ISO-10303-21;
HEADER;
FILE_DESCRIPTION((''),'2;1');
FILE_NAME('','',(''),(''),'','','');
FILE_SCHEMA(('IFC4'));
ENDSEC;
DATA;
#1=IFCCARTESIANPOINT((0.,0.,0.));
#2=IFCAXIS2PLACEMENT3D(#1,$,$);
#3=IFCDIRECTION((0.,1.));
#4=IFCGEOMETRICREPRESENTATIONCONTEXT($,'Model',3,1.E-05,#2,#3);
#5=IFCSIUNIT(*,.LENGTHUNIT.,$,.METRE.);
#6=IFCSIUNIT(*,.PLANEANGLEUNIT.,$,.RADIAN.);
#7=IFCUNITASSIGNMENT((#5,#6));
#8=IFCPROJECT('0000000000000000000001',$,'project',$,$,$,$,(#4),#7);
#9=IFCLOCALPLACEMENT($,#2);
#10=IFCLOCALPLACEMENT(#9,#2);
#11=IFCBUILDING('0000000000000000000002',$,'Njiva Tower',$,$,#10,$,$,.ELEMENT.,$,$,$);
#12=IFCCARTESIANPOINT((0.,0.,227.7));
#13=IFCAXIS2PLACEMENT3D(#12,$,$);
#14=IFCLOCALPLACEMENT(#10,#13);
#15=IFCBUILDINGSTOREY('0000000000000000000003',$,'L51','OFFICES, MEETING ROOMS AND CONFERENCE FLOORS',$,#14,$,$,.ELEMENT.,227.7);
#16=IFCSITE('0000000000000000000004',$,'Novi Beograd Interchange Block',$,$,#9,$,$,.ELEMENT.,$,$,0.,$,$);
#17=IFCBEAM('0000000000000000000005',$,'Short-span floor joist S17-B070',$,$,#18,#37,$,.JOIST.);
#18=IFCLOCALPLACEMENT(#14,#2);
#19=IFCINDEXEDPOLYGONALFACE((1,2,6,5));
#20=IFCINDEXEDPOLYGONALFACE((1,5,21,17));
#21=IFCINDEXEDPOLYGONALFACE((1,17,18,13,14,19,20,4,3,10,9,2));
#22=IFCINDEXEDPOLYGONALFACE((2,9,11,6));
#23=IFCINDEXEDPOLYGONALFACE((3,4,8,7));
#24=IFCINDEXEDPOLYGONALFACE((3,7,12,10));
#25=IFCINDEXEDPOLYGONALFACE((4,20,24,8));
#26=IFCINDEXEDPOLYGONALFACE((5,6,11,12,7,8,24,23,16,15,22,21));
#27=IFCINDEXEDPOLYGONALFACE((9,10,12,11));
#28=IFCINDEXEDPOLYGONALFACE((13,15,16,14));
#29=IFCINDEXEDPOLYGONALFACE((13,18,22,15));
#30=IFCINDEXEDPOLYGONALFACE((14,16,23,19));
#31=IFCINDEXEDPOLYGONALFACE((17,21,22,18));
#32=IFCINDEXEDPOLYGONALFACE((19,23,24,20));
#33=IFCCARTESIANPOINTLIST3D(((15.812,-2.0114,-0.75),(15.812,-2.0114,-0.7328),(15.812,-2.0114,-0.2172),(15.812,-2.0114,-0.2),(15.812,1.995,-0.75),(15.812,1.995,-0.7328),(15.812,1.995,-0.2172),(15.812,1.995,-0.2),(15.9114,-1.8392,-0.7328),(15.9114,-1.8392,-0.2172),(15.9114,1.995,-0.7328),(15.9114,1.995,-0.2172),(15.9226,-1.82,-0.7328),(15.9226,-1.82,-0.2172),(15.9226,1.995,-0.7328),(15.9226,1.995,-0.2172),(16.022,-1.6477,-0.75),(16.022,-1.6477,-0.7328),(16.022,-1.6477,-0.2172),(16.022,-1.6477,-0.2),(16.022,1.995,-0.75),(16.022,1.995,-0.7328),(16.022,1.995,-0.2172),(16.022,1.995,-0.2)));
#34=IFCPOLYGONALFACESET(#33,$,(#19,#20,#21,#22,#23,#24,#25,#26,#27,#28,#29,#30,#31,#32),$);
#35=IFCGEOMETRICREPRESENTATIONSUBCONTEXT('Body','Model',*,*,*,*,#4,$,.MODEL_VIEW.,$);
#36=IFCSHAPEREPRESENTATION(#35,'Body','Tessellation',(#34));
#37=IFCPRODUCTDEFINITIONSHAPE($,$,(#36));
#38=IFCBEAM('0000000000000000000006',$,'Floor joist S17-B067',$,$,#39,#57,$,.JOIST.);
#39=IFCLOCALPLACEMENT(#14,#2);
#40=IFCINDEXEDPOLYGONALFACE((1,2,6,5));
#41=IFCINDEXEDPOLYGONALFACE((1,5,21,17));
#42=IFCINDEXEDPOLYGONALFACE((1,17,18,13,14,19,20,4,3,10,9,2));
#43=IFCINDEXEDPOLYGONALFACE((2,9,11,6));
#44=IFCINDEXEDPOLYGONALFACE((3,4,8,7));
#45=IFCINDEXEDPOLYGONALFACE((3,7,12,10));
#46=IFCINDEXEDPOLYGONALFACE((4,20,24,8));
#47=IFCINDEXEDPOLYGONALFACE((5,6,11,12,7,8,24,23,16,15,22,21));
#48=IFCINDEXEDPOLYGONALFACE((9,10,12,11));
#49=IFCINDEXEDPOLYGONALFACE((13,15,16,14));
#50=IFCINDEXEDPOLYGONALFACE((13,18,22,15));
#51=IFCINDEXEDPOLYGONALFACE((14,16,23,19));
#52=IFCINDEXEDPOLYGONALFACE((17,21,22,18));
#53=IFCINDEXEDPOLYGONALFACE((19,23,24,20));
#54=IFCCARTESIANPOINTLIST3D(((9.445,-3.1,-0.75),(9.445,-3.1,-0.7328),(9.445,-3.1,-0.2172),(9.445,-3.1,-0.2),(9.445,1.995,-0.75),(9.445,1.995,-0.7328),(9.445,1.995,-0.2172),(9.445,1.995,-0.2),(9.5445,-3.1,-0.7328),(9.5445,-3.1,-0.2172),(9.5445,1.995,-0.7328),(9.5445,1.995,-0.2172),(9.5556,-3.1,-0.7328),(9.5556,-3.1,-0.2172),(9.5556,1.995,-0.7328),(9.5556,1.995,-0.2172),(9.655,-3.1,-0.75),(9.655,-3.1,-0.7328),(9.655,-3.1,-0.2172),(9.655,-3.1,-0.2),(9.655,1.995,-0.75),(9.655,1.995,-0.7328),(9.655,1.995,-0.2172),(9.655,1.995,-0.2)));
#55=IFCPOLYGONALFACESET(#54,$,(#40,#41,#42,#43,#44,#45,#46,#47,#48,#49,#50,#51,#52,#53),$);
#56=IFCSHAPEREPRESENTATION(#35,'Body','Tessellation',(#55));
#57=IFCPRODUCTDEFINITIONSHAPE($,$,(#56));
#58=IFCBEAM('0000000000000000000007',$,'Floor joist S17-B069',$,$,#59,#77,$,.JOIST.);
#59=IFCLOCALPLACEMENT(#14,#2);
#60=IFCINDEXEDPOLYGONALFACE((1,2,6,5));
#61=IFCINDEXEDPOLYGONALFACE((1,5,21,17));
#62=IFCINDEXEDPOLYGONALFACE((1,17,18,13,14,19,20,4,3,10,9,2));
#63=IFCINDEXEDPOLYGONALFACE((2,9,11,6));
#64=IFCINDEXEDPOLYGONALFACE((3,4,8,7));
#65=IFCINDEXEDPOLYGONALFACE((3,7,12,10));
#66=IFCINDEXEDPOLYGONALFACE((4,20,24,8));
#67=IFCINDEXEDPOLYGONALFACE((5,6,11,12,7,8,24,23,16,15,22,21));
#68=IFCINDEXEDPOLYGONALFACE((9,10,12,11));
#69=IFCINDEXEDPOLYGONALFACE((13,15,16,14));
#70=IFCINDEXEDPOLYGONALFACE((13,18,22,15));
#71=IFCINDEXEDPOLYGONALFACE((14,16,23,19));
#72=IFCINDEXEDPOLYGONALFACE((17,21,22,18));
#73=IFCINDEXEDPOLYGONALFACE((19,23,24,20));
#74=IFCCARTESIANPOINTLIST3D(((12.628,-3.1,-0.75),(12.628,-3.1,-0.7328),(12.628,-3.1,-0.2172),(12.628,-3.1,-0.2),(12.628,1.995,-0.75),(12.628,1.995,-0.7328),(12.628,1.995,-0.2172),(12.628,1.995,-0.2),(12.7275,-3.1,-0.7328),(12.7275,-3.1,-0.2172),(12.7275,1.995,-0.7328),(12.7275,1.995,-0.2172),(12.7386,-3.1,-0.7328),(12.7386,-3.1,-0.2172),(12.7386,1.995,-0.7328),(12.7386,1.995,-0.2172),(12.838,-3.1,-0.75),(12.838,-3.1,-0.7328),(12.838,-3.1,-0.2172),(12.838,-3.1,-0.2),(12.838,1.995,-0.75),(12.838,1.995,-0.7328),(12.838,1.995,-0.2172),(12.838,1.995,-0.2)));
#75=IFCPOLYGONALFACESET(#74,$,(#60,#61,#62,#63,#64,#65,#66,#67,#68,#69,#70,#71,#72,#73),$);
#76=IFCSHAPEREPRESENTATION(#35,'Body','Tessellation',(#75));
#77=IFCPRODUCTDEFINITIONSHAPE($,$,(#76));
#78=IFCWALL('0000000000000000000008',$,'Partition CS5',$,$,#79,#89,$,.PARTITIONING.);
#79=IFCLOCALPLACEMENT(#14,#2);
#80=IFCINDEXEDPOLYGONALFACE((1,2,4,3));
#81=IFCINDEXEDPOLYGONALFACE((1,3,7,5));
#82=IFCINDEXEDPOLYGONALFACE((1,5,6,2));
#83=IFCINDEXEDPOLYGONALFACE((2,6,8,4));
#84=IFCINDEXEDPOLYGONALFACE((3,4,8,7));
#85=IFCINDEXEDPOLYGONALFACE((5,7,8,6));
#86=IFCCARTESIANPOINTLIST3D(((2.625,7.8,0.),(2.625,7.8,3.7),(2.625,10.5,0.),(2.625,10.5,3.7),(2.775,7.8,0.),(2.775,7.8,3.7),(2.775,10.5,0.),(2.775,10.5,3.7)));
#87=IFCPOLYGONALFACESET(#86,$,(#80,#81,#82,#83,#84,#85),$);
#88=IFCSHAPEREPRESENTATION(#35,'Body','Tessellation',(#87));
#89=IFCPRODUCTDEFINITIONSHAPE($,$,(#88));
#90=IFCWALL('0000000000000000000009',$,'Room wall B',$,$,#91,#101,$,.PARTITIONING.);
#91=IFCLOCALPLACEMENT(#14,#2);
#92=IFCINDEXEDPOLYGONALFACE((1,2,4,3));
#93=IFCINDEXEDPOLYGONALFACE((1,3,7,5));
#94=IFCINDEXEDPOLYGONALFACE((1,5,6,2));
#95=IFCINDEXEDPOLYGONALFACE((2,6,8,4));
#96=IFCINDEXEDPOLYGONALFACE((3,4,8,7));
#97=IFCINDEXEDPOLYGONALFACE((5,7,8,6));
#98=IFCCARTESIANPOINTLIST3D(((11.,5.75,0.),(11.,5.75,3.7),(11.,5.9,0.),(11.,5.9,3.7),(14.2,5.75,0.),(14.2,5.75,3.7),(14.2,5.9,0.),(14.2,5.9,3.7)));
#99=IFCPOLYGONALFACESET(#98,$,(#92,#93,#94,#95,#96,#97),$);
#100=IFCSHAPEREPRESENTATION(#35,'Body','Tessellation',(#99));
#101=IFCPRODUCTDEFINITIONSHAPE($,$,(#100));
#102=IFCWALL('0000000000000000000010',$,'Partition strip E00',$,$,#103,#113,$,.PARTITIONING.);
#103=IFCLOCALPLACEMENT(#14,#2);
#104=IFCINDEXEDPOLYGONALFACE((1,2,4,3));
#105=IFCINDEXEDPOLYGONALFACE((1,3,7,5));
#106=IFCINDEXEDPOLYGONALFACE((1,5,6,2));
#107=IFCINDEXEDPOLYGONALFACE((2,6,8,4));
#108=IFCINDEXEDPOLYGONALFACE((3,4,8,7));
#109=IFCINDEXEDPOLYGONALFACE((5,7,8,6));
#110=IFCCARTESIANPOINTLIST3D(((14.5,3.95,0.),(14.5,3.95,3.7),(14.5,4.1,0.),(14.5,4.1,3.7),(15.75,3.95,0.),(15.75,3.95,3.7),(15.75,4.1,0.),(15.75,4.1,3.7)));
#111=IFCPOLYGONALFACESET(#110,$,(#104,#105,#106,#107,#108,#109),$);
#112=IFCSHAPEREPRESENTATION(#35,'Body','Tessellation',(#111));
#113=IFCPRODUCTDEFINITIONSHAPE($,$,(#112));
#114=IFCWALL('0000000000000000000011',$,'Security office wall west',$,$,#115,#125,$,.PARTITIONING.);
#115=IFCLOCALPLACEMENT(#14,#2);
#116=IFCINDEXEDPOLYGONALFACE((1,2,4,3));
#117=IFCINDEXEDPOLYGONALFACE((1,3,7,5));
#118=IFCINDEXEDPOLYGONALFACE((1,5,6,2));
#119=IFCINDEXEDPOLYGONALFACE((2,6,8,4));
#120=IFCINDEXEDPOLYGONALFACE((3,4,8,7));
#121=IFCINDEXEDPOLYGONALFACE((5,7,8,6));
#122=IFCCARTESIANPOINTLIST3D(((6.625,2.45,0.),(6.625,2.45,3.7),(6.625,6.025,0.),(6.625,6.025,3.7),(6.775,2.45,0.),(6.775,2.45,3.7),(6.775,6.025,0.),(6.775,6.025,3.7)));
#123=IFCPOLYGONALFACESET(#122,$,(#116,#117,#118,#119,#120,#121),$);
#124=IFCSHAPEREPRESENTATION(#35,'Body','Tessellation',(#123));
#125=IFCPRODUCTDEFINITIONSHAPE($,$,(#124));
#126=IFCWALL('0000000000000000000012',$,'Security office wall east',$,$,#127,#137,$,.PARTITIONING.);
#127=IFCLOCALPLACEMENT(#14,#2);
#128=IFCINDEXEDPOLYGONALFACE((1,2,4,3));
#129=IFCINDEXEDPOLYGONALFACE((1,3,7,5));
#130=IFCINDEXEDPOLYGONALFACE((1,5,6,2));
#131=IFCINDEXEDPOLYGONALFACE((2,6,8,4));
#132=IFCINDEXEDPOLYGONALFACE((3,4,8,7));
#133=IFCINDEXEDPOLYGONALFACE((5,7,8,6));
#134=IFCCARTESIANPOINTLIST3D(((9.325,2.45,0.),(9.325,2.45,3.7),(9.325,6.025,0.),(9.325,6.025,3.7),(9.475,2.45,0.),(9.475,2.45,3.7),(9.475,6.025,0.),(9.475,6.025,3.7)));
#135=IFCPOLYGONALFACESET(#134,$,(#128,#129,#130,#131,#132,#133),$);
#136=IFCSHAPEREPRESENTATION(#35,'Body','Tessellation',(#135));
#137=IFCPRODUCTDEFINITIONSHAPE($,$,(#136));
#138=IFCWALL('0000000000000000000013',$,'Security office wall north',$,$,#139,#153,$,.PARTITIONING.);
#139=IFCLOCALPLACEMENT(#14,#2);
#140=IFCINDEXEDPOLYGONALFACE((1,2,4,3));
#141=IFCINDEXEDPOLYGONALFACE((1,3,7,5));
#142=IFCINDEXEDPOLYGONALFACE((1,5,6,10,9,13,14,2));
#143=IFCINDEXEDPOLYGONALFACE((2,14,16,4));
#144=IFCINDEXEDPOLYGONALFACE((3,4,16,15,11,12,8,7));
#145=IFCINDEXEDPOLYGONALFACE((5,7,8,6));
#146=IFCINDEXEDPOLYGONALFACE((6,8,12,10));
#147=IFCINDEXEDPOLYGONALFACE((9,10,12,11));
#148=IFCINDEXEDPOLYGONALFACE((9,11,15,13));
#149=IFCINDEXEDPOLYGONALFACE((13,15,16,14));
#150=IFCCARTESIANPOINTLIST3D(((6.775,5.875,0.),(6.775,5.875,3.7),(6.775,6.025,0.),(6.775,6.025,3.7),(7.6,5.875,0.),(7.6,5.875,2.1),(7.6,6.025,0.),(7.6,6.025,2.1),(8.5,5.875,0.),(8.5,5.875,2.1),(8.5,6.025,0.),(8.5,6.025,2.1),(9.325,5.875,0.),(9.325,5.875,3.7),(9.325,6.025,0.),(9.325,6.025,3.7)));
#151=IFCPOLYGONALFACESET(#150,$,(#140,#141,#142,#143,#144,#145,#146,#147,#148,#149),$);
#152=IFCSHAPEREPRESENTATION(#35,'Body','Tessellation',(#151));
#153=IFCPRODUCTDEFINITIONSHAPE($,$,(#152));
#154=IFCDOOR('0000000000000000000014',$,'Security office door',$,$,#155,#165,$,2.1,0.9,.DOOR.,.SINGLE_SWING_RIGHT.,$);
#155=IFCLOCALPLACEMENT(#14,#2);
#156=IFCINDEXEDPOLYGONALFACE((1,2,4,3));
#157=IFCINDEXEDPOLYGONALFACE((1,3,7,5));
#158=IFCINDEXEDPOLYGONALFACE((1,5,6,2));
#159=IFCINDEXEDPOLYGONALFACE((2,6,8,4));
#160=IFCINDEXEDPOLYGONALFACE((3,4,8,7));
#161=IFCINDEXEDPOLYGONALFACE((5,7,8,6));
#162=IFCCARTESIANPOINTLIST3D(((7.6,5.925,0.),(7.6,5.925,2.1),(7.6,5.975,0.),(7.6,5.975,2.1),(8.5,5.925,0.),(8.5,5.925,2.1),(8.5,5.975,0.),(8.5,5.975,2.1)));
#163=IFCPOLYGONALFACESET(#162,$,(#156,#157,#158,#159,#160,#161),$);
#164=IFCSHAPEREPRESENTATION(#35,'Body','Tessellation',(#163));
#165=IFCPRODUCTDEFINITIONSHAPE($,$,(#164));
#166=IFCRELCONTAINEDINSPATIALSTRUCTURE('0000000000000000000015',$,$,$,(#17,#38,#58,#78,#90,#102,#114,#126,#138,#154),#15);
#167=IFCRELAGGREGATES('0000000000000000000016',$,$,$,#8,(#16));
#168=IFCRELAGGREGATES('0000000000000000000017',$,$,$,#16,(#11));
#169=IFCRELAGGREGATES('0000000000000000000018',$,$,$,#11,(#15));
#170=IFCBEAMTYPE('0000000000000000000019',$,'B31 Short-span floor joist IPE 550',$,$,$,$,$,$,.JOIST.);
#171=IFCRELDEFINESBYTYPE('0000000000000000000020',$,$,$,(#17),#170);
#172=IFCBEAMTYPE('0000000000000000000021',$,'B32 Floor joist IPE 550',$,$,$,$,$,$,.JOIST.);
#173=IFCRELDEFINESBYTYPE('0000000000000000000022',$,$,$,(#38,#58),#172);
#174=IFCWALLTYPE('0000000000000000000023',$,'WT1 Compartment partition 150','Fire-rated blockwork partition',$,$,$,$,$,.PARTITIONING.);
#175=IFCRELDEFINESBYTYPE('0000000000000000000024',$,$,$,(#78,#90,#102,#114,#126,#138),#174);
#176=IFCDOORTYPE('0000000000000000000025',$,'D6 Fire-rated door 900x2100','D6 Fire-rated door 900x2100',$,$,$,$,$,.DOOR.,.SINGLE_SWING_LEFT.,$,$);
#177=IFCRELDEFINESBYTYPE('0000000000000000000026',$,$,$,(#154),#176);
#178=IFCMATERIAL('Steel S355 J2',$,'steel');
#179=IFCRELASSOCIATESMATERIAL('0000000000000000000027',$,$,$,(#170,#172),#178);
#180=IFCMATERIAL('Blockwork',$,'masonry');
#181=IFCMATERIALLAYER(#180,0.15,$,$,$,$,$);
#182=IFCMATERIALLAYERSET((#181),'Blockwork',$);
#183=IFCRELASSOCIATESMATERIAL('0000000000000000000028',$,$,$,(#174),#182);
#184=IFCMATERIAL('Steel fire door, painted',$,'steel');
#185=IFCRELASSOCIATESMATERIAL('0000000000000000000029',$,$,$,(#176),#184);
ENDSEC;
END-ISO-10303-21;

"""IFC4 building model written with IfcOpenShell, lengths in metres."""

from ifc_helpers import new_model, si_unit, direction, frame, frame_2d, origin, origin_2d, place, context, subcontext, project, spatial, rectangle, i_section, extrude, clip, halfspace, material, layer, layer_set, material_profile, profile_set, type_object, element, fill, save


model = new_model("IFC4")

# Units and contexts
model_context = context("Model", 3, precision=1e-05, world=origin(), true_north=direction((0.0, 1.0)))
body_context = subcontext(model_context, "Body", "Model", "MODEL_VIEW")
ifc_project = project(units=[si_unit("LENGTHUNIT", "METRE"), si_unit("PLANEANGLEUNIT", "RADIAN")], contexts=[model_context])

# Site, building, storey
site_placement = place(None, origin())
site = spatial("IfcSite", under=ifc_project, at=site_placement, Name="Novi Beograd Interchange Block", CompositionType="ELEMENT", RefElevation=0.0)
building_placement = place(site_placement, origin())
building = spatial("IfcBuilding", under=site, at=building_placement, Name="Njiva Tower", CompositionType="ELEMENT")
storey_placement = place(building_placement, frame((0.0, 0.0, 227.7)))
storey = spatial("IfcBuildingStorey", under=building, at=storey_placement, Name="L51", Description="OFFICES, MEETING ROOMS AND CONFERENCE FLOORS", CompositionType="ELEMENT", Elevation=227.7)

# Beams
ifc_material_1 = material(Name="Steel S355 J2", Category="steel")
ifc_material_profile_1 = material_profile(ifc_material_1, i_section(OverallWidth=0.21, OverallDepth=0.55, WebThickness=0.0111, FlangeThickness=0.0172, at=origin_2d()), Name="IPE 550")
ifc_profile_set_1 = profile_set([ifc_material_profile_1], Name="Steel S355 J2")
beam_type_1 = type_object("IfcBeamType", Name="B31 Short-span floor joist IPE 550", PredefinedType="JOIST", material=ifc_profile_set_1)
beam_placement = place(storey_placement, frame((15.917, 1.995, -0.475), z_axis=(0.0, -1.0, 0.0), x_axis=(1.0, 0.0, 0.0)))
element("IfcBeam", 1, at=beam_placement, inside=storey, type_object=beam_type_1, Name="Short-span floor joist S17-B070", PredefinedType="JOIST", context=body_context, shape_type="Clipping", body=[
    clip(extrude(i_section(OverallWidth=0.21, OverallDepth=0.55, WebThickness=0.0111, FlangeThickness=0.0172, at=origin_2d()), origin(), (0.0, 0.0, 1.0), 4.027), halfspace(frame((0.043, 0.0, 3.7501), z_axis=(0.866027, 0.0, 0.499998), x_axis=(0.0, 1.0, 0.0)), False)),
])
ifc_material_profile_2 = material_profile(ifc_material_1, i_section(OverallWidth=0.21, OverallDepth=0.55, WebThickness=0.0111, FlangeThickness=0.0172, at=origin_2d()), Name="IPE 550")
ifc_profile_set_2 = profile_set([ifc_material_profile_2], Name="Steel S355 J2")
beam_type_2 = type_object("IfcBeamType", Name="B32 Floor joist IPE 550", PredefinedType="JOIST", material=ifc_profile_set_2)
for number, where, z_axis, x_axis, name in (
    (2, (9.55, 1.995, -0.475), (0.0, -1.0, 0.0), (1.0, 0.0, 0.0), "Floor joist S17-B067"),
    (3, (12.733, 1.995, -0.475), (0.0, -1.0, 0.0), (1.0, 0.0, 0.0), "Floor joist S17-B069"),
):
    element("IfcBeam", number, at=place(storey_placement, frame(where, z_axis=z_axis, x_axis=x_axis)), inside=storey, type_object=beam_type_2, Name=name, PredefinedType="JOIST", context=body_context, shape_type="SweptSolid", body=[
        extrude(i_section(OverallWidth=0.21, OverallDepth=0.55, WebThickness=0.0111, FlangeThickness=0.0172, at=origin_2d()), origin(), (0.0, 0.0, 1.0), 5.095),
    ])

# Walls
ifc_material_2 = material(Name="Blockwork", Category="masonry")
ifc_layer_1 = layer(ifc_material_2, 0.15)
ifc_layer_set_1 = layer_set([ifc_layer_1], Name="Blockwork")
wall_type_1 = type_object("IfcWallType", Name="WT1 Compartment partition 150", Description="Fire-rated blockwork partition", PredefinedType="PARTITIONING", material=ifc_layer_set_1)
wall_1_placement = place(storey_placement, frame((2.7, 7.8, 0.0), z_axis=(0.0, 0.0, 1.0), x_axis=(0.0, 1.0, 0.0)))
element("IfcWall", 4, at=wall_1_placement, inside=storey, type_object=wall_type_1, Name="Partition CS5", PredefinedType="PARTITIONING", context=body_context, shape_type="SweptSolid", body=[
    extrude(rectangle(XDim=2.7, YDim=0.15, at=frame_2d((1.35, 0.0))), origin(), (0.0, 0.0, 1.0), 3.7),
])
wall_2_placement = place(storey_placement, frame((11.0, 5.825, 0.0), z_axis=(0.0, 0.0, 1.0), x_axis=(1.0, 0.0, 0.0)))
element("IfcWall", 5, at=wall_2_placement, inside=storey, type_object=wall_type_1, Name="Room wall B", PredefinedType="PARTITIONING", context=body_context, shape_type="SweptSolid", body=[
    extrude(rectangle(XDim=3.2, YDim=0.15, at=frame_2d((1.6, 0.0))), origin(), (0.0, 0.0, 1.0), 3.7),
])
wall_3_placement = place(storey_placement, frame((14.5, 4.025, 0.0), z_axis=(0.0, 0.0, 1.0), x_axis=(1.0, 0.0, 0.0)))
element("IfcWall", 6, at=wall_3_placement, inside=storey, type_object=wall_type_1, Name="Partition strip E00", PredefinedType="PARTITIONING", context=body_context, shape_type="SweptSolid", body=[
    extrude(rectangle(XDim=1.25, YDim=0.15, at=frame_2d((0.625, 0.0))), origin(), (0.0, 0.0, 1.0), 3.7),
])
for number, where, z_axis, x_axis, name in (
    (7, (6.7, 2.45, 0.0), (0.0, 0.0, 1.0), (0.0, 1.0, 0.0), "Security office wall west"),
    (8, (9.4, 2.45, 0.0), (0.0, 0.0, 1.0), (0.0, 1.0, 0.0), "Security office wall east"),
):
    element("IfcWall", number, at=place(storey_placement, frame(where, z_axis=z_axis, x_axis=x_axis)), inside=storey, type_object=wall_type_1, Name=name, PredefinedType="PARTITIONING", context=body_context, shape_type="SweptSolid", body=[
        extrude(rectangle(XDim=3.575, YDim=0.15, at=frame_2d((1.7875, 0.0))), origin(), (0.0, 0.0, 1.0), 3.7),
    ])

# Wall, opening, door
wall_4_placement = place(storey_placement, frame((6.775, 5.95, 0.0), z_axis=(0.0, 0.0, 1.0), x_axis=(1.0, 0.0, 0.0)))
wall_4 = element("IfcWall", 9, at=wall_4_placement, inside=storey, type_object=wall_type_1, Name="Security office wall north", PredefinedType="PARTITIONING", context=body_context, shape_type="SweptSolid", body=[
    extrude(rectangle(XDim=2.55, YDim=0.15, at=frame_2d((1.275, 0.0))), origin(), (0.0, 0.0, 1.0), 3.7),
])
opening_1_placement = place(wall_4_placement, frame((0.825, 0.0, 0.0)))
opening_1 = element("IfcOpeningElement", 10, at=opening_1_placement, cuts=wall_4, PredefinedType="OPENING", context=body_context, shape_type="SweptSolid", body=[
    extrude(rectangle(XDim=0.9, YDim=2.1, at=frame_2d((0.45, 1.05))), frame((0.0, 0.085, 0.0), z_axis=(0.0, -1.0, 0.0), x_axis=(1.0, 0.0, 0.0)), (0.0, 0.0, 1.0), 0.17),
])
ifc_material_3 = material(Name="Steel fire door, painted", Category="steel")
door_type_1 = type_object("IfcDoorType", Name="D6 Fire-rated door 900x2100", Description="D6 Fire-rated door 900x2100", OperationType="SINGLE_SWING_LEFT", PredefinedType="DOOR", material=ifc_material_3)
door_1_placement = place(opening_1_placement, origin())
door_1 = element("IfcDoor", 11, at=door_1_placement, inside=storey, type_object=door_type_1, Name="Security office door", OperationType="SINGLE_SWING_RIGHT", OverallHeight=2.1, OverallWidth=0.9, PredefinedType="DOOR", context=body_context, shape_type="SweptSolid", body=[
    extrude(rectangle(XDim=0.9, YDim=2.1, at=frame_2d((0.45, 1.05))), frame((0.0, 0.025, 0.0), z_axis=(0.0, -1.0, 0.0), x_axis=(1.0, 0.0, 0.0)), (0.0, 0.0, 1.0), 0.05),
])
fill(opening_1, door_1)

save(model, "model.ifc")
